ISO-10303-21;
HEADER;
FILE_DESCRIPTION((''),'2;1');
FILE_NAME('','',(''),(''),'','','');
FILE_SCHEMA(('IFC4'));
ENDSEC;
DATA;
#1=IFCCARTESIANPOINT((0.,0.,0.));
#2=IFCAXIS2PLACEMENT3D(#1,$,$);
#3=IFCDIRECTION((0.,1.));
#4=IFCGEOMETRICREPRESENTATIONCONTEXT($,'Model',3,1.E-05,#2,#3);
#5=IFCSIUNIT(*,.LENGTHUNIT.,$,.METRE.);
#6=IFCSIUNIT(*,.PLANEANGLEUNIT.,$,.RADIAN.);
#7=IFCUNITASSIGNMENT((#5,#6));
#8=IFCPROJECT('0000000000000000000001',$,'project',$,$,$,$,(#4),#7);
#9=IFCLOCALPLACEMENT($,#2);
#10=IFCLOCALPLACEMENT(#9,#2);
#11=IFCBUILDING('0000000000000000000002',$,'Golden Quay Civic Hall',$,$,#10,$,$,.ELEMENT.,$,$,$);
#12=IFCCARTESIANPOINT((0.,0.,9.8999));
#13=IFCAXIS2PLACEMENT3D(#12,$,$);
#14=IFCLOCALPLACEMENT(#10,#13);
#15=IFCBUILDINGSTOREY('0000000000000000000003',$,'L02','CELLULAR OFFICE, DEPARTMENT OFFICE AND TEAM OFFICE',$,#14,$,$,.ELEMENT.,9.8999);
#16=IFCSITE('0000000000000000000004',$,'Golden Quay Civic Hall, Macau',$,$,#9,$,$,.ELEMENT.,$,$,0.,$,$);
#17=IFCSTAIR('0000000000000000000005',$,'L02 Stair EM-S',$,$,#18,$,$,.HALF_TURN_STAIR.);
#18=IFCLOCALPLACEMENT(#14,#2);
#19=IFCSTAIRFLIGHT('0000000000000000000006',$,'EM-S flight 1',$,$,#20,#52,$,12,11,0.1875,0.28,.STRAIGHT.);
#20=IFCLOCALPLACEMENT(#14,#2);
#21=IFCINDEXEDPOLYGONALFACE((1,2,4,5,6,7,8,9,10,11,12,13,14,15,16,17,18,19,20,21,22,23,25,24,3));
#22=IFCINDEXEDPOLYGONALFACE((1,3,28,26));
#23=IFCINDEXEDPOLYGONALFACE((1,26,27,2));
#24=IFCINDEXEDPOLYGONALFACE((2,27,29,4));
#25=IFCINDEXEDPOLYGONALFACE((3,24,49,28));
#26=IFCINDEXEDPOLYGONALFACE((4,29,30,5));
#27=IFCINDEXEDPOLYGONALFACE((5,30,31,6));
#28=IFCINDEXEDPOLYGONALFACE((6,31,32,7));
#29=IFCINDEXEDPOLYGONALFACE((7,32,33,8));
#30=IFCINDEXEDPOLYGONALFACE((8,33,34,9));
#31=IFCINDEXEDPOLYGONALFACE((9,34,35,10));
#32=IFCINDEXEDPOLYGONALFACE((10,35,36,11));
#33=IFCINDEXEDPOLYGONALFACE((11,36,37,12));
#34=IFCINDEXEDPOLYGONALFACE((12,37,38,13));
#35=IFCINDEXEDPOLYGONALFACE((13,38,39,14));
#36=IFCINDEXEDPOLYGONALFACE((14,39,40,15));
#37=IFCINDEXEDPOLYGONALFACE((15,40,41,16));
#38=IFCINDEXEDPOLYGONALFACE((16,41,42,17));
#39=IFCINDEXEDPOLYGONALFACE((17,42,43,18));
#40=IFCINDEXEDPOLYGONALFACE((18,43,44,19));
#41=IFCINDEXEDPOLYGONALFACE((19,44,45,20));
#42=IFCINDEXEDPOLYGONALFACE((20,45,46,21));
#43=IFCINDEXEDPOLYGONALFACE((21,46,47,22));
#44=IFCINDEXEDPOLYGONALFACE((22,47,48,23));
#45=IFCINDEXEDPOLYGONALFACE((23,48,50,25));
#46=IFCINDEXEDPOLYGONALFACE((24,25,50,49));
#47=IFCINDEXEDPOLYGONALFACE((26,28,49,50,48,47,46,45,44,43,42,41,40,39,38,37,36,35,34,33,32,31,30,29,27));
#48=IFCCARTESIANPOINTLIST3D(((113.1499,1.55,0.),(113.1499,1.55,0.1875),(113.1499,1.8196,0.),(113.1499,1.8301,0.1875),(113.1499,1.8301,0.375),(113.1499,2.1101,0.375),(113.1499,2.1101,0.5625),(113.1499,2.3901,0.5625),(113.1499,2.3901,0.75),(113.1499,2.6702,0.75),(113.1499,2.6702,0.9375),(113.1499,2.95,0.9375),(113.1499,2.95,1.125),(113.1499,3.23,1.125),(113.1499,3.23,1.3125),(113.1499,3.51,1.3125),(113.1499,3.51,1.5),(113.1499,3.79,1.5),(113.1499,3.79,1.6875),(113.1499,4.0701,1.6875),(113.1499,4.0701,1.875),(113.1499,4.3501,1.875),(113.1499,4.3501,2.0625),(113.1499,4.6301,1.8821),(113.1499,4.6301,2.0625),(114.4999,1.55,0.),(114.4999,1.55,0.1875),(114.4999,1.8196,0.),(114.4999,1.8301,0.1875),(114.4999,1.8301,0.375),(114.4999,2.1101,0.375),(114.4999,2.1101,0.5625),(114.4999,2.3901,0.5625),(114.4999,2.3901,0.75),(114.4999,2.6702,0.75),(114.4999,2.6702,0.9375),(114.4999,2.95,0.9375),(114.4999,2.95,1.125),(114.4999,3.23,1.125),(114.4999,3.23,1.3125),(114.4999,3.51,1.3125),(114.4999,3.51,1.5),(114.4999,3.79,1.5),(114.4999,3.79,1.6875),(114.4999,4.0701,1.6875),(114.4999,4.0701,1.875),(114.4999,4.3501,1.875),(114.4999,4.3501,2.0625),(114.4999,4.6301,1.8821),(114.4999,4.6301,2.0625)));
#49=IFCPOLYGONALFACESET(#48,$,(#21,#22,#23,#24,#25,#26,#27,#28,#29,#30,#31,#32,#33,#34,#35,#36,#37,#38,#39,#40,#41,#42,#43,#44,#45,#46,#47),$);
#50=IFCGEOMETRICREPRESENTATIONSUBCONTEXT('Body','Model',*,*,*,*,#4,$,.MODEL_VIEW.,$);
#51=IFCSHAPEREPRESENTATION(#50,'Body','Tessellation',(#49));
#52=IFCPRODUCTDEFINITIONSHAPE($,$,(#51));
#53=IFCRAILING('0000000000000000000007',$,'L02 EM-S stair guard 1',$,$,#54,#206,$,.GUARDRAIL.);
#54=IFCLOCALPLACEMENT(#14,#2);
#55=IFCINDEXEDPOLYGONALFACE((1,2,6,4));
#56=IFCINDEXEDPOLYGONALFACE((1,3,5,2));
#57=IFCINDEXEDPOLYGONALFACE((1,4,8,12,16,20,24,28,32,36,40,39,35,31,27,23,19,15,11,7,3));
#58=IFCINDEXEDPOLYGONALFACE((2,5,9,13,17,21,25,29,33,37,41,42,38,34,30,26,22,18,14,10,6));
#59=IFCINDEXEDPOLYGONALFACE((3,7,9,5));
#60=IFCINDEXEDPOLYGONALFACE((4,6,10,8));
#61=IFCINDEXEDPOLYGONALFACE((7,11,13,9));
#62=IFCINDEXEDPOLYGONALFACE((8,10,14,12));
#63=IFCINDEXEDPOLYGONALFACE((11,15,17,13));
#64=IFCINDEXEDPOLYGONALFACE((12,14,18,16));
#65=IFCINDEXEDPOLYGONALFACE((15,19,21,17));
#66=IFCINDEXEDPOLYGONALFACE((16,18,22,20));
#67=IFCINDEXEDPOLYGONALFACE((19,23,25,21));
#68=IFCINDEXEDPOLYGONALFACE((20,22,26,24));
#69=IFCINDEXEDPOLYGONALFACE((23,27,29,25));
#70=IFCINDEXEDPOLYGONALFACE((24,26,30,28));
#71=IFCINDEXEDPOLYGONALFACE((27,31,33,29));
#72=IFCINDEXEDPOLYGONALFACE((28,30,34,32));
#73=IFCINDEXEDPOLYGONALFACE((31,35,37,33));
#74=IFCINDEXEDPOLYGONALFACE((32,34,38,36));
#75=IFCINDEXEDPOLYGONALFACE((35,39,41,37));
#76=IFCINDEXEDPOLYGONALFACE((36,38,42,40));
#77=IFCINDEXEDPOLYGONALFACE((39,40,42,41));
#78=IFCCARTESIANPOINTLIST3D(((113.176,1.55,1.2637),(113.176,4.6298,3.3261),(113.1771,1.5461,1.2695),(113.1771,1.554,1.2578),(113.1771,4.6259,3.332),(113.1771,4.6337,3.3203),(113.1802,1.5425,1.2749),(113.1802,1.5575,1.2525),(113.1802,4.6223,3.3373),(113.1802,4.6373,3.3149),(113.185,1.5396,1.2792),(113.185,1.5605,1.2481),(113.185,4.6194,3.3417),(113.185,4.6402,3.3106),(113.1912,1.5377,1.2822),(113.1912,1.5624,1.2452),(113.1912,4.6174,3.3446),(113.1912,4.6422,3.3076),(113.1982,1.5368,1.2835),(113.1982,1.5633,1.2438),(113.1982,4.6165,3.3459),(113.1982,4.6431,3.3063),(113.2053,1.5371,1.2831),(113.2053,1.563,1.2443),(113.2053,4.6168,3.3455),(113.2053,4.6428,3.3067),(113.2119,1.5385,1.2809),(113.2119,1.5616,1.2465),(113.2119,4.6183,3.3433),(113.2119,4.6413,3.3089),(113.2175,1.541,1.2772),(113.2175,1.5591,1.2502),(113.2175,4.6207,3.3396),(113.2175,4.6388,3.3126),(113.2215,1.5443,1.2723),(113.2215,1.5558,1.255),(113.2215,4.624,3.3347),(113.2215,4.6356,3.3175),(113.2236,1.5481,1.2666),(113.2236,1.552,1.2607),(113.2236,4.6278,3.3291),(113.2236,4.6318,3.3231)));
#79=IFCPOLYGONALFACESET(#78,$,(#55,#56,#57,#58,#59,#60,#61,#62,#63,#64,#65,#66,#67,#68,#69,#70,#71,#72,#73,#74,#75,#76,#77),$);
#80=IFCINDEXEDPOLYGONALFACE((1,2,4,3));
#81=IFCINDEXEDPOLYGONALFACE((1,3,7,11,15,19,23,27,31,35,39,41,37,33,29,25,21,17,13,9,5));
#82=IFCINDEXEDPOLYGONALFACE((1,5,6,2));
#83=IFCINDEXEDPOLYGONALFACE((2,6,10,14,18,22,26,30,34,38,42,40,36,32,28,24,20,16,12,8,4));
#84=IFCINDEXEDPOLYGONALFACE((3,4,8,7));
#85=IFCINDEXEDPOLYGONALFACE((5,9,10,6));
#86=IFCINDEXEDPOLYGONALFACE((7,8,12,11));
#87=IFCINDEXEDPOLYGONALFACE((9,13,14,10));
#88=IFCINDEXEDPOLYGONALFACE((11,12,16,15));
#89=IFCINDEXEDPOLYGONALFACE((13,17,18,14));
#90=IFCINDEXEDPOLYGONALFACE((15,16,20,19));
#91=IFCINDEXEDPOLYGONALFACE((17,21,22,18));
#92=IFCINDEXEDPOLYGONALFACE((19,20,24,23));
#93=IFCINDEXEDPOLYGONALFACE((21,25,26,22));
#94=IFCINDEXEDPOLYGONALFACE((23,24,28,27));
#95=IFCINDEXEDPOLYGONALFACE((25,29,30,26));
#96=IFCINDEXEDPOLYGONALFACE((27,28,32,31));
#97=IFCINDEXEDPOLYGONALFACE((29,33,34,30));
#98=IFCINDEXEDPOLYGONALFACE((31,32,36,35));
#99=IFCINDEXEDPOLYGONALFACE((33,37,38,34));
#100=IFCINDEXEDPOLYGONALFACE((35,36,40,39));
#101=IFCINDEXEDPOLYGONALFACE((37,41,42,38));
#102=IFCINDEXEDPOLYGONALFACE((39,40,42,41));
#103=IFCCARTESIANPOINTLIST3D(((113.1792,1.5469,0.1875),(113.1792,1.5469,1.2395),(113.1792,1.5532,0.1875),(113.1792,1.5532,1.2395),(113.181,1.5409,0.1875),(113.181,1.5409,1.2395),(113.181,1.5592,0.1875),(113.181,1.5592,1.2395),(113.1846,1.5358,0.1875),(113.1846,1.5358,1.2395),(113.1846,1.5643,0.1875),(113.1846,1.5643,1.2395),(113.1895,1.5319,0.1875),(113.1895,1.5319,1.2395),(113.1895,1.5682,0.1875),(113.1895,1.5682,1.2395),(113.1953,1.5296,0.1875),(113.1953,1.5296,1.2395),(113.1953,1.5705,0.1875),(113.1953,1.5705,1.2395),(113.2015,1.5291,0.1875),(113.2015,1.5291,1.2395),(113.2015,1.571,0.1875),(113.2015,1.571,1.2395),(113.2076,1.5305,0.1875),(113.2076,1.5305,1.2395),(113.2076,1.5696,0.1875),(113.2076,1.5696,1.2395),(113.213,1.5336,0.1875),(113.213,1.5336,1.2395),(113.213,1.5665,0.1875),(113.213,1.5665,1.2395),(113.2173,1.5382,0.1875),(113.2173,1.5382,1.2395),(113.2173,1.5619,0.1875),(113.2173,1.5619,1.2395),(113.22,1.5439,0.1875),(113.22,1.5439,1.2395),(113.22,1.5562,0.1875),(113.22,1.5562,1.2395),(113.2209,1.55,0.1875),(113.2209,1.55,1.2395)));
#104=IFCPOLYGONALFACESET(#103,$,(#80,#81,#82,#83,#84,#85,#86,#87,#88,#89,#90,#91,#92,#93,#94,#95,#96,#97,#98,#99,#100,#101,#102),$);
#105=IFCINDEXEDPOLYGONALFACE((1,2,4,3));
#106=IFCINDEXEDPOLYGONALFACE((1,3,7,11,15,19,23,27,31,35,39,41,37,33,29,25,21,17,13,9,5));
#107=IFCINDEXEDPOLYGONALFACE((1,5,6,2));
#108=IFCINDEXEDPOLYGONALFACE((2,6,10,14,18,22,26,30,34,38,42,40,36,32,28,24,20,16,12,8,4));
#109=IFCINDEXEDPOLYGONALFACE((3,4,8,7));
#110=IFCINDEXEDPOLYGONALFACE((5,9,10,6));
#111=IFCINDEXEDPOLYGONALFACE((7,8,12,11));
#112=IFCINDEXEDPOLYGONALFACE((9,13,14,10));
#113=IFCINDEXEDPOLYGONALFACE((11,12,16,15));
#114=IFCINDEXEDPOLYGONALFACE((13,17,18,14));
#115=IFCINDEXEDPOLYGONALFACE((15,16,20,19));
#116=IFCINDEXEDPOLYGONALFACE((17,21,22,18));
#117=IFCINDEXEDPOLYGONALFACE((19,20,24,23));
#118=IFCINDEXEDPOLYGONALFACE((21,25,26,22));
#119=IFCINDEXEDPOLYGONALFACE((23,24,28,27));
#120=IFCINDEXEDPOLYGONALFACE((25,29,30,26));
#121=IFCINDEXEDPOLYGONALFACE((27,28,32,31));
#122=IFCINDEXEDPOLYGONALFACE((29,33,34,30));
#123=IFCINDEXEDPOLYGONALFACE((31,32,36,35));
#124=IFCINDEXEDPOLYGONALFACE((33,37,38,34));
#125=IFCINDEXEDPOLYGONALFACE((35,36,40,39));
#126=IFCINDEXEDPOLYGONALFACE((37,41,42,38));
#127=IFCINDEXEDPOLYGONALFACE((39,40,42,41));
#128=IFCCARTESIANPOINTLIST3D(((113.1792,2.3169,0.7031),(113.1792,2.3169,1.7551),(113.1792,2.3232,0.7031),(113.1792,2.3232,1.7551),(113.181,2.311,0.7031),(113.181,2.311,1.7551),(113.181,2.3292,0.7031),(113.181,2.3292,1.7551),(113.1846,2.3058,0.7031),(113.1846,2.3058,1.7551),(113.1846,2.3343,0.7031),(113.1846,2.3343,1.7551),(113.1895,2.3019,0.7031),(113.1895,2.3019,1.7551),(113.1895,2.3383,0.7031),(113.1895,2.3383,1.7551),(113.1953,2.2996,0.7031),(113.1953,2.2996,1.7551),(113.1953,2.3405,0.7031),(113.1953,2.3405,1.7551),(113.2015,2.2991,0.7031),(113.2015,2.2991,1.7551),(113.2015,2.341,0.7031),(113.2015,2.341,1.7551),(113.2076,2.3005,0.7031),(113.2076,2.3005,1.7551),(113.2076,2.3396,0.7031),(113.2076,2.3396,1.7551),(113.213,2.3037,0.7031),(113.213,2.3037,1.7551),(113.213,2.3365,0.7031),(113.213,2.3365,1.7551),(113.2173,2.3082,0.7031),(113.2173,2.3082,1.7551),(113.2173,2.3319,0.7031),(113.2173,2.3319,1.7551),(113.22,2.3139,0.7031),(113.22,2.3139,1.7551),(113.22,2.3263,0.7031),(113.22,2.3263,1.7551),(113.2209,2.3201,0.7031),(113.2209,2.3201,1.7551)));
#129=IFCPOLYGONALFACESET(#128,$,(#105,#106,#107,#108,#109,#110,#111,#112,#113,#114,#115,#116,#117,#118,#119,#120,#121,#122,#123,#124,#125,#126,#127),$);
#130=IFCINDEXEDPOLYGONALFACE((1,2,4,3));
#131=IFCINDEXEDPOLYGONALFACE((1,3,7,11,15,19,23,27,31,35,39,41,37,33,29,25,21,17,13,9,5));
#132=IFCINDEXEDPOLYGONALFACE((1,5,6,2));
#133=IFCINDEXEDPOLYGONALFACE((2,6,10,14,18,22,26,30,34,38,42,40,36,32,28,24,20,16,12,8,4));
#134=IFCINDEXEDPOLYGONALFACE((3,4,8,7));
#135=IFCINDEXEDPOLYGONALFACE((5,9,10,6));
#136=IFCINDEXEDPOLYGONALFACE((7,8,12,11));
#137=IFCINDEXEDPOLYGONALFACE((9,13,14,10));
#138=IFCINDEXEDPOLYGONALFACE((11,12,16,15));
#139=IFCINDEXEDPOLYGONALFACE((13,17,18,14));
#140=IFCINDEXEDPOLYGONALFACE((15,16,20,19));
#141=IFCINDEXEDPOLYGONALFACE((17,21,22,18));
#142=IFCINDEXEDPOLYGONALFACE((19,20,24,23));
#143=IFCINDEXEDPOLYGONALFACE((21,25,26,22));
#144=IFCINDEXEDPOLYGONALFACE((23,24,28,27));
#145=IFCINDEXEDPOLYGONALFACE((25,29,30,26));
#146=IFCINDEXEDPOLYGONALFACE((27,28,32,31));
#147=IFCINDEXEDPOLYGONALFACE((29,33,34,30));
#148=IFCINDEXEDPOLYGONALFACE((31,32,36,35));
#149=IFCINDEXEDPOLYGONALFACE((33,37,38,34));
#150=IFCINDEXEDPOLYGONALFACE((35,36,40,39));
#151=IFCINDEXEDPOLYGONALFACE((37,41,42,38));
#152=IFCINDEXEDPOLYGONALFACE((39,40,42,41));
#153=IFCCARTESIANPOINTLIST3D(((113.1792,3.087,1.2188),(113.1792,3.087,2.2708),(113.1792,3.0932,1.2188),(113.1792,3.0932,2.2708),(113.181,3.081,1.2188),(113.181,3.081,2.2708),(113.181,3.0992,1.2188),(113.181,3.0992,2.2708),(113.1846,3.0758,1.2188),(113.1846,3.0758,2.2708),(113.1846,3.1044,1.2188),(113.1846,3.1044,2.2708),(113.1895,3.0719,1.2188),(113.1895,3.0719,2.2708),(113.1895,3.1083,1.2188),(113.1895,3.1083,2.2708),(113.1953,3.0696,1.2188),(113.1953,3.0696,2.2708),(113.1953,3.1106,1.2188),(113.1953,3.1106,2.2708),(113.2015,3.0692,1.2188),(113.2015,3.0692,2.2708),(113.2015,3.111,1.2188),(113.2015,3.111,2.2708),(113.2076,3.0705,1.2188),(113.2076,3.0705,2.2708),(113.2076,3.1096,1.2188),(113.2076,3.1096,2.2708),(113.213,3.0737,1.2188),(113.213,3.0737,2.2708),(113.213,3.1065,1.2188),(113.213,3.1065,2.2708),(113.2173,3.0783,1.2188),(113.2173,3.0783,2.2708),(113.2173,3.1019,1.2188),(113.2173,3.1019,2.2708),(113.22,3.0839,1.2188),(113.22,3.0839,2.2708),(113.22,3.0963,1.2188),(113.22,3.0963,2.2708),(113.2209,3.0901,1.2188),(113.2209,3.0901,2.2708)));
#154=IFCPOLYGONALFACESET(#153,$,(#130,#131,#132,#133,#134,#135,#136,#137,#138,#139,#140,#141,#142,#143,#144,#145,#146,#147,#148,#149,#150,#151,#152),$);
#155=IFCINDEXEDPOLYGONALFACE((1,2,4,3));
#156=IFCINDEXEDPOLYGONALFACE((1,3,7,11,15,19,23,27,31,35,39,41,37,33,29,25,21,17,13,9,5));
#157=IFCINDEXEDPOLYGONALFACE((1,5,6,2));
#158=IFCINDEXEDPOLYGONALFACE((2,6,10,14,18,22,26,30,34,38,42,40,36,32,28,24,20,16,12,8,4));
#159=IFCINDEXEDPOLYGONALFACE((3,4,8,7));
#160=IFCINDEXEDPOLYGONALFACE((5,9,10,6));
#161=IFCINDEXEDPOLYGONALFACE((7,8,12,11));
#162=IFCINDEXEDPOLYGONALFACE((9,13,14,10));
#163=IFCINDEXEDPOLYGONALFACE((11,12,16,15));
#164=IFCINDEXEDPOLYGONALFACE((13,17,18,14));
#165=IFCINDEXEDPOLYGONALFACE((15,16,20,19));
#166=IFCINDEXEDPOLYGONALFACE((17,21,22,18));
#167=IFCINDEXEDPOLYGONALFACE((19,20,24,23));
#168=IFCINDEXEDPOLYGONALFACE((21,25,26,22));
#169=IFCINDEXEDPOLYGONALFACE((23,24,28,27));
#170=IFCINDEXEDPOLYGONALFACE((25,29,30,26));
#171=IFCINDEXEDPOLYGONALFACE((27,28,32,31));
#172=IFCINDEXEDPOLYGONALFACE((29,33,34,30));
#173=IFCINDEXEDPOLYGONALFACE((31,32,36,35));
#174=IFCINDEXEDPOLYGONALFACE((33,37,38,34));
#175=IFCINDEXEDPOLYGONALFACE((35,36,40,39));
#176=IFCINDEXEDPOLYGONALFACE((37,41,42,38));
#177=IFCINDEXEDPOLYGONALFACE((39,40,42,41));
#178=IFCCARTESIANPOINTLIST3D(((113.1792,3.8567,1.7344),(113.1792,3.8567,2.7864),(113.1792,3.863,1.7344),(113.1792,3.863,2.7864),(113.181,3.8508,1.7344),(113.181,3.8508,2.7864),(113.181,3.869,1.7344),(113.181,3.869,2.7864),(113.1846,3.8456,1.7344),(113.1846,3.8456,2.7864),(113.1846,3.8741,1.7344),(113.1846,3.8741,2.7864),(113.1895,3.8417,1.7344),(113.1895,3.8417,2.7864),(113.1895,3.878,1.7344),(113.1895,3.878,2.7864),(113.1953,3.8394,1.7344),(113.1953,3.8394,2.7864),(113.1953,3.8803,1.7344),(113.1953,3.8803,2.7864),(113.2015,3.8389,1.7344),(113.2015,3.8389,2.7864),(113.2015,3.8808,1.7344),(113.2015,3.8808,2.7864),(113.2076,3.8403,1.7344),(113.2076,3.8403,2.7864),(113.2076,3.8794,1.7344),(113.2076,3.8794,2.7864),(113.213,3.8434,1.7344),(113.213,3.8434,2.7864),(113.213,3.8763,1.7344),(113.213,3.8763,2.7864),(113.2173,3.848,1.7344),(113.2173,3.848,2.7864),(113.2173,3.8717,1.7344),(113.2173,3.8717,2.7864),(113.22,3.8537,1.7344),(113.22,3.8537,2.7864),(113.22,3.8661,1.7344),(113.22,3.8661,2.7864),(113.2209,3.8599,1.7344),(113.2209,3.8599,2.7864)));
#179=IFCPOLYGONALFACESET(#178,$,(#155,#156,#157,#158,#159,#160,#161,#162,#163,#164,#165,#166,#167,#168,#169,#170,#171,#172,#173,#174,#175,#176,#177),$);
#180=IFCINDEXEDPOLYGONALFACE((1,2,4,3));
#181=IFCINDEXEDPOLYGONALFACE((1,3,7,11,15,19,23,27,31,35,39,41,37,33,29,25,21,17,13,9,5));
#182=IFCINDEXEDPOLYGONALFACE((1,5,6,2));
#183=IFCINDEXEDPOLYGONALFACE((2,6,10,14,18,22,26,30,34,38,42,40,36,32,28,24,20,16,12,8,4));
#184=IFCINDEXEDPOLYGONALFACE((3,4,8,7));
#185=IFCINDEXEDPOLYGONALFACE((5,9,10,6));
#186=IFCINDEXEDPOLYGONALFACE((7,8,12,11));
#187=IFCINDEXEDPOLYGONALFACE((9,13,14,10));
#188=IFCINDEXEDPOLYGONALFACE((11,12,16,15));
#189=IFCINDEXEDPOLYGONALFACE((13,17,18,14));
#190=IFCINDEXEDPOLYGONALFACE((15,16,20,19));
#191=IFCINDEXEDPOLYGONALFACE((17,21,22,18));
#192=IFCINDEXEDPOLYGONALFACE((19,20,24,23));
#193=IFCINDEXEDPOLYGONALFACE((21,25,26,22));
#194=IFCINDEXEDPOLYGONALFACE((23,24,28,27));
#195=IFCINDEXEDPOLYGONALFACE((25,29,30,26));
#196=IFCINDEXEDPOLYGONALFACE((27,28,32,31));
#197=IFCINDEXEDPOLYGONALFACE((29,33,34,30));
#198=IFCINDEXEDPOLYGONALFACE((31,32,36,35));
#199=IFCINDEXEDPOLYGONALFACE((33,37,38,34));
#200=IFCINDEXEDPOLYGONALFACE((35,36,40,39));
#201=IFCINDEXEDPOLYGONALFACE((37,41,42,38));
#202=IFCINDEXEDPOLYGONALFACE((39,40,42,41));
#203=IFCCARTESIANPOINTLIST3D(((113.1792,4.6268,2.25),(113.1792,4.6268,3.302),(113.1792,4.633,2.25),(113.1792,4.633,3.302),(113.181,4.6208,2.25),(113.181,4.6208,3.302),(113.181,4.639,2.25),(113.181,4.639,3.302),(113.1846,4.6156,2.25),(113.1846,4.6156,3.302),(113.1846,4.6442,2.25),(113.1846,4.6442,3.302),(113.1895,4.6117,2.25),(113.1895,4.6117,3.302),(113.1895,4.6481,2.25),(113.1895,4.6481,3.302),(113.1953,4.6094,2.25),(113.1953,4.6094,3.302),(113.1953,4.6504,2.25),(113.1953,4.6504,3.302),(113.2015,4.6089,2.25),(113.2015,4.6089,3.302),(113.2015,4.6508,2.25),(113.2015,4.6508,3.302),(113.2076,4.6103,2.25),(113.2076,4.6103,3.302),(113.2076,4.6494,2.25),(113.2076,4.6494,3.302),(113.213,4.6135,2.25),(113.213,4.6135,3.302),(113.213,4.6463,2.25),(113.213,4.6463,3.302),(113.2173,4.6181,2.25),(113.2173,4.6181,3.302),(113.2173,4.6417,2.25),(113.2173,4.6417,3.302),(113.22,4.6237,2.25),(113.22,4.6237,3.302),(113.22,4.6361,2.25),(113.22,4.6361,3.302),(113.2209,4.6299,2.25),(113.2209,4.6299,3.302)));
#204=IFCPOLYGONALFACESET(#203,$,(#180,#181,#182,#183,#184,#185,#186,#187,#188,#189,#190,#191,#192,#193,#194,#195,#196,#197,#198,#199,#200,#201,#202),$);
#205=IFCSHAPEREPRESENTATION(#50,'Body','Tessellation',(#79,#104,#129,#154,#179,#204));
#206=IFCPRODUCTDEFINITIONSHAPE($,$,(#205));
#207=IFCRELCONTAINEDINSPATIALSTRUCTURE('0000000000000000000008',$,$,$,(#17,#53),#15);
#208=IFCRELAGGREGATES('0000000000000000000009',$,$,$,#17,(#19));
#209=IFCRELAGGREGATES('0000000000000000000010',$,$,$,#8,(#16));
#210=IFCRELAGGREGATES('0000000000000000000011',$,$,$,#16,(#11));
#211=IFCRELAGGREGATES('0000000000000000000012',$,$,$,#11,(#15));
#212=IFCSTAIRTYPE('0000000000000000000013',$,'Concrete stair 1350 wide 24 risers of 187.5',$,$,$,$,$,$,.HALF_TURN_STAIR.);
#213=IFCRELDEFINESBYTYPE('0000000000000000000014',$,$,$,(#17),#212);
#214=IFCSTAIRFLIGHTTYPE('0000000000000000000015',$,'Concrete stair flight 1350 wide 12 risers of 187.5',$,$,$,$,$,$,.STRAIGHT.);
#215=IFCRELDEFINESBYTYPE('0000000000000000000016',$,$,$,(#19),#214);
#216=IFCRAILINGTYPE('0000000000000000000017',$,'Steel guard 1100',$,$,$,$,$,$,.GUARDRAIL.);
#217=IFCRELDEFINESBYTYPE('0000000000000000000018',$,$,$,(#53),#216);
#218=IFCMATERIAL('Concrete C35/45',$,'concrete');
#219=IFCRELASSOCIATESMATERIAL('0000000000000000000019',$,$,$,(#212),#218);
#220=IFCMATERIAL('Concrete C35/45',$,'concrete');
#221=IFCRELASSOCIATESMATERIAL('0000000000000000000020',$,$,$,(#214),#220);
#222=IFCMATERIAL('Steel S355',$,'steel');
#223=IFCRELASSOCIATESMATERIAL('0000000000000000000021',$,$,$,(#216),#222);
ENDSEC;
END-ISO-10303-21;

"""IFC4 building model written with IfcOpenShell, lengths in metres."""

from ifc_helpers import new_model, si_unit, direction, frame, origin, origin_2d, place, context, subcontext, project, spatial, polyline, circle, outline, extrude, material, type_object, element, aggregate, save


model = new_model("IFC4")

# Units and contexts
model_context = context("Model", 3, precision=1e-05, world=origin(), true_north=direction((0.0, 1.0)))
body_context = subcontext(model_context, "Body", "Model", "MODEL_VIEW")
ifc_project = project(units=[si_unit("LENGTHUNIT", "METRE"), si_unit("PLANEANGLEUNIT", "RADIAN")], contexts=[model_context])

# Site, building, storey
site_placement = place(None, origin())
site = spatial("IfcSite", under=ifc_project, at=site_placement, Name="Golden Quay Civic Hall, Macau", CompositionType="ELEMENT", RefElevation=0.0)
building_placement = place(site_placement, origin())
building = spatial("IfcBuilding", under=site, at=building_placement, Name="Golden Quay Civic Hall", CompositionType="ELEMENT")
storey_placement = place(building_placement, frame((0.0, 0.0, 9.8999)))
storey = spatial("IfcBuildingStorey", under=building, at=storey_placement, Name="L02", Description="CELLULAR OFFICE, DEPARTMENT OFFICE AND TEAM OFFICE", CompositionType="ELEMENT", Elevation=9.8999)

# Stair, stair flight
ifc_material_1 = material(Name="Concrete C35/45", Category="concrete")
stair_type = type_object("IfcStairType", Name="Concrete stair 1350 wide 24 risers of 187.5", PredefinedType="HALF_TURN_STAIR", material=ifc_material_1)
stair_placement = place(storey_placement, origin())
stair = element("IfcStair", 1, at=stair_placement, inside=storey, type_object=stair_type, Name="L02 Stair EM-S", PredefinedType="HALF_TURN_STAIR")
ifc_material_2 = material(Name="Concrete C35/45", Category="concrete")
stair_flight_type = type_object("IfcStairFlightType", Name="Concrete stair flight 1350 wide 12 risers of 187.5", PredefinedType="STRAIGHT", material=ifc_material_2)
stair_flight_placement = place(storey_placement, frame((113.825, 1.55, 0.0), z_axis=(0.0, 0.0, 1.0), x_axis=(0.0, 1.0, 0.0)))
stair_flight = element("IfcStairFlight", 2, at=stair_flight_placement, type_object=stair_flight_type, Name="EM-S flight 1", NumberOfRisers=12, NumberOfTreads=11, PredefinedType="STRAIGHT", RiserHeight=0.1875, TreadLength=0.28, context=body_context, shape_type="SweptSolid", body=[
    extrude(outline(polyline([(0.0, 0.0), (0.0, 0.1875), (0.28, 0.1875), (0.28, 0.375), (0.5601, 0.375), (0.5601, 0.5625), (0.8401, 0.5625), (0.8401, 0.75), (1.1201, 0.75), (1.1201, 0.9375), (1.3999, 0.9375), (1.3999, 1.125), (1.6799, 1.125), (1.6799, 1.3125), (1.96, 1.3125), (1.96, 1.5), (2.24, 1.5), (2.24, 1.6875), (2.52, 1.6875), (2.52, 1.875), (2.8, 1.875), (2.8, 2.0625), (3.0801, 2.0625), (3.0801, 2.25), (3.0801, 1.8821), (0.2695, 0.0), (0.0, 0.0)])), frame((0.0, 0.675, 0.0), z_axis=(0.0, -1.0, 0.0), x_axis=(1.0, 0.0, 0.0)), (0.0, 0.0, 1.0), 1.35),
])
aggregate(stair, [stair_flight])

# Railing
ifc_material_3 = material(Name="Steel S355", Category="steel")
railing_type_1 = type_object("IfcRailingType", Name="Steel guard 1100", PredefinedType="GUARDRAIL", material=ifc_material_3)
railing_1_placement = place(storey_placement, frame((113.2, 1.55, 0.1875)))
element("IfcRailing", 3, at=railing_1_placement, inside=storey, type_object=railing_type_1, Name="L02 EM-S stair guard 1", PredefinedType="GUARDRAIL", context=body_context, shape_type="SweptSolid", body=[
    extrude(circle(Radius=0.0239, at=origin_2d()), frame((0.0, 0.0, 1.0762), z_axis=(0.0, 0.830893, 0.556432), x_axis=(-1.0, 0.0, 0.0)), (0.0, 0.0, 1.0), 3.7065),
    extrude(circle(Radius=0.021, at=origin_2d()), origin(), (0.0, 0.0, 1.0), 1.052),
    extrude(circle(Radius=0.021, at=origin_2d()), frame((0.0, 0.77, 0.5156)), (0.0, 0.0, 1.0), 1.052),
    extrude(circle(Radius=0.021, at=origin_2d()), frame((0.0, 1.54, 1.0312)), (0.0, 0.0, 1.0), 1.052),
    extrude(circle(Radius=0.021, at=origin_2d()), frame((0.0, 2.3098, 1.5469)), (0.0, 0.0, 1.0), 1.052),
    extrude(circle(Radius=0.021, at=origin_2d()), frame((0.0, 3.0798, 2.0625)), (0.0, 0.0, 1.0), 1.052),
])

save(model, "model.ifc")
